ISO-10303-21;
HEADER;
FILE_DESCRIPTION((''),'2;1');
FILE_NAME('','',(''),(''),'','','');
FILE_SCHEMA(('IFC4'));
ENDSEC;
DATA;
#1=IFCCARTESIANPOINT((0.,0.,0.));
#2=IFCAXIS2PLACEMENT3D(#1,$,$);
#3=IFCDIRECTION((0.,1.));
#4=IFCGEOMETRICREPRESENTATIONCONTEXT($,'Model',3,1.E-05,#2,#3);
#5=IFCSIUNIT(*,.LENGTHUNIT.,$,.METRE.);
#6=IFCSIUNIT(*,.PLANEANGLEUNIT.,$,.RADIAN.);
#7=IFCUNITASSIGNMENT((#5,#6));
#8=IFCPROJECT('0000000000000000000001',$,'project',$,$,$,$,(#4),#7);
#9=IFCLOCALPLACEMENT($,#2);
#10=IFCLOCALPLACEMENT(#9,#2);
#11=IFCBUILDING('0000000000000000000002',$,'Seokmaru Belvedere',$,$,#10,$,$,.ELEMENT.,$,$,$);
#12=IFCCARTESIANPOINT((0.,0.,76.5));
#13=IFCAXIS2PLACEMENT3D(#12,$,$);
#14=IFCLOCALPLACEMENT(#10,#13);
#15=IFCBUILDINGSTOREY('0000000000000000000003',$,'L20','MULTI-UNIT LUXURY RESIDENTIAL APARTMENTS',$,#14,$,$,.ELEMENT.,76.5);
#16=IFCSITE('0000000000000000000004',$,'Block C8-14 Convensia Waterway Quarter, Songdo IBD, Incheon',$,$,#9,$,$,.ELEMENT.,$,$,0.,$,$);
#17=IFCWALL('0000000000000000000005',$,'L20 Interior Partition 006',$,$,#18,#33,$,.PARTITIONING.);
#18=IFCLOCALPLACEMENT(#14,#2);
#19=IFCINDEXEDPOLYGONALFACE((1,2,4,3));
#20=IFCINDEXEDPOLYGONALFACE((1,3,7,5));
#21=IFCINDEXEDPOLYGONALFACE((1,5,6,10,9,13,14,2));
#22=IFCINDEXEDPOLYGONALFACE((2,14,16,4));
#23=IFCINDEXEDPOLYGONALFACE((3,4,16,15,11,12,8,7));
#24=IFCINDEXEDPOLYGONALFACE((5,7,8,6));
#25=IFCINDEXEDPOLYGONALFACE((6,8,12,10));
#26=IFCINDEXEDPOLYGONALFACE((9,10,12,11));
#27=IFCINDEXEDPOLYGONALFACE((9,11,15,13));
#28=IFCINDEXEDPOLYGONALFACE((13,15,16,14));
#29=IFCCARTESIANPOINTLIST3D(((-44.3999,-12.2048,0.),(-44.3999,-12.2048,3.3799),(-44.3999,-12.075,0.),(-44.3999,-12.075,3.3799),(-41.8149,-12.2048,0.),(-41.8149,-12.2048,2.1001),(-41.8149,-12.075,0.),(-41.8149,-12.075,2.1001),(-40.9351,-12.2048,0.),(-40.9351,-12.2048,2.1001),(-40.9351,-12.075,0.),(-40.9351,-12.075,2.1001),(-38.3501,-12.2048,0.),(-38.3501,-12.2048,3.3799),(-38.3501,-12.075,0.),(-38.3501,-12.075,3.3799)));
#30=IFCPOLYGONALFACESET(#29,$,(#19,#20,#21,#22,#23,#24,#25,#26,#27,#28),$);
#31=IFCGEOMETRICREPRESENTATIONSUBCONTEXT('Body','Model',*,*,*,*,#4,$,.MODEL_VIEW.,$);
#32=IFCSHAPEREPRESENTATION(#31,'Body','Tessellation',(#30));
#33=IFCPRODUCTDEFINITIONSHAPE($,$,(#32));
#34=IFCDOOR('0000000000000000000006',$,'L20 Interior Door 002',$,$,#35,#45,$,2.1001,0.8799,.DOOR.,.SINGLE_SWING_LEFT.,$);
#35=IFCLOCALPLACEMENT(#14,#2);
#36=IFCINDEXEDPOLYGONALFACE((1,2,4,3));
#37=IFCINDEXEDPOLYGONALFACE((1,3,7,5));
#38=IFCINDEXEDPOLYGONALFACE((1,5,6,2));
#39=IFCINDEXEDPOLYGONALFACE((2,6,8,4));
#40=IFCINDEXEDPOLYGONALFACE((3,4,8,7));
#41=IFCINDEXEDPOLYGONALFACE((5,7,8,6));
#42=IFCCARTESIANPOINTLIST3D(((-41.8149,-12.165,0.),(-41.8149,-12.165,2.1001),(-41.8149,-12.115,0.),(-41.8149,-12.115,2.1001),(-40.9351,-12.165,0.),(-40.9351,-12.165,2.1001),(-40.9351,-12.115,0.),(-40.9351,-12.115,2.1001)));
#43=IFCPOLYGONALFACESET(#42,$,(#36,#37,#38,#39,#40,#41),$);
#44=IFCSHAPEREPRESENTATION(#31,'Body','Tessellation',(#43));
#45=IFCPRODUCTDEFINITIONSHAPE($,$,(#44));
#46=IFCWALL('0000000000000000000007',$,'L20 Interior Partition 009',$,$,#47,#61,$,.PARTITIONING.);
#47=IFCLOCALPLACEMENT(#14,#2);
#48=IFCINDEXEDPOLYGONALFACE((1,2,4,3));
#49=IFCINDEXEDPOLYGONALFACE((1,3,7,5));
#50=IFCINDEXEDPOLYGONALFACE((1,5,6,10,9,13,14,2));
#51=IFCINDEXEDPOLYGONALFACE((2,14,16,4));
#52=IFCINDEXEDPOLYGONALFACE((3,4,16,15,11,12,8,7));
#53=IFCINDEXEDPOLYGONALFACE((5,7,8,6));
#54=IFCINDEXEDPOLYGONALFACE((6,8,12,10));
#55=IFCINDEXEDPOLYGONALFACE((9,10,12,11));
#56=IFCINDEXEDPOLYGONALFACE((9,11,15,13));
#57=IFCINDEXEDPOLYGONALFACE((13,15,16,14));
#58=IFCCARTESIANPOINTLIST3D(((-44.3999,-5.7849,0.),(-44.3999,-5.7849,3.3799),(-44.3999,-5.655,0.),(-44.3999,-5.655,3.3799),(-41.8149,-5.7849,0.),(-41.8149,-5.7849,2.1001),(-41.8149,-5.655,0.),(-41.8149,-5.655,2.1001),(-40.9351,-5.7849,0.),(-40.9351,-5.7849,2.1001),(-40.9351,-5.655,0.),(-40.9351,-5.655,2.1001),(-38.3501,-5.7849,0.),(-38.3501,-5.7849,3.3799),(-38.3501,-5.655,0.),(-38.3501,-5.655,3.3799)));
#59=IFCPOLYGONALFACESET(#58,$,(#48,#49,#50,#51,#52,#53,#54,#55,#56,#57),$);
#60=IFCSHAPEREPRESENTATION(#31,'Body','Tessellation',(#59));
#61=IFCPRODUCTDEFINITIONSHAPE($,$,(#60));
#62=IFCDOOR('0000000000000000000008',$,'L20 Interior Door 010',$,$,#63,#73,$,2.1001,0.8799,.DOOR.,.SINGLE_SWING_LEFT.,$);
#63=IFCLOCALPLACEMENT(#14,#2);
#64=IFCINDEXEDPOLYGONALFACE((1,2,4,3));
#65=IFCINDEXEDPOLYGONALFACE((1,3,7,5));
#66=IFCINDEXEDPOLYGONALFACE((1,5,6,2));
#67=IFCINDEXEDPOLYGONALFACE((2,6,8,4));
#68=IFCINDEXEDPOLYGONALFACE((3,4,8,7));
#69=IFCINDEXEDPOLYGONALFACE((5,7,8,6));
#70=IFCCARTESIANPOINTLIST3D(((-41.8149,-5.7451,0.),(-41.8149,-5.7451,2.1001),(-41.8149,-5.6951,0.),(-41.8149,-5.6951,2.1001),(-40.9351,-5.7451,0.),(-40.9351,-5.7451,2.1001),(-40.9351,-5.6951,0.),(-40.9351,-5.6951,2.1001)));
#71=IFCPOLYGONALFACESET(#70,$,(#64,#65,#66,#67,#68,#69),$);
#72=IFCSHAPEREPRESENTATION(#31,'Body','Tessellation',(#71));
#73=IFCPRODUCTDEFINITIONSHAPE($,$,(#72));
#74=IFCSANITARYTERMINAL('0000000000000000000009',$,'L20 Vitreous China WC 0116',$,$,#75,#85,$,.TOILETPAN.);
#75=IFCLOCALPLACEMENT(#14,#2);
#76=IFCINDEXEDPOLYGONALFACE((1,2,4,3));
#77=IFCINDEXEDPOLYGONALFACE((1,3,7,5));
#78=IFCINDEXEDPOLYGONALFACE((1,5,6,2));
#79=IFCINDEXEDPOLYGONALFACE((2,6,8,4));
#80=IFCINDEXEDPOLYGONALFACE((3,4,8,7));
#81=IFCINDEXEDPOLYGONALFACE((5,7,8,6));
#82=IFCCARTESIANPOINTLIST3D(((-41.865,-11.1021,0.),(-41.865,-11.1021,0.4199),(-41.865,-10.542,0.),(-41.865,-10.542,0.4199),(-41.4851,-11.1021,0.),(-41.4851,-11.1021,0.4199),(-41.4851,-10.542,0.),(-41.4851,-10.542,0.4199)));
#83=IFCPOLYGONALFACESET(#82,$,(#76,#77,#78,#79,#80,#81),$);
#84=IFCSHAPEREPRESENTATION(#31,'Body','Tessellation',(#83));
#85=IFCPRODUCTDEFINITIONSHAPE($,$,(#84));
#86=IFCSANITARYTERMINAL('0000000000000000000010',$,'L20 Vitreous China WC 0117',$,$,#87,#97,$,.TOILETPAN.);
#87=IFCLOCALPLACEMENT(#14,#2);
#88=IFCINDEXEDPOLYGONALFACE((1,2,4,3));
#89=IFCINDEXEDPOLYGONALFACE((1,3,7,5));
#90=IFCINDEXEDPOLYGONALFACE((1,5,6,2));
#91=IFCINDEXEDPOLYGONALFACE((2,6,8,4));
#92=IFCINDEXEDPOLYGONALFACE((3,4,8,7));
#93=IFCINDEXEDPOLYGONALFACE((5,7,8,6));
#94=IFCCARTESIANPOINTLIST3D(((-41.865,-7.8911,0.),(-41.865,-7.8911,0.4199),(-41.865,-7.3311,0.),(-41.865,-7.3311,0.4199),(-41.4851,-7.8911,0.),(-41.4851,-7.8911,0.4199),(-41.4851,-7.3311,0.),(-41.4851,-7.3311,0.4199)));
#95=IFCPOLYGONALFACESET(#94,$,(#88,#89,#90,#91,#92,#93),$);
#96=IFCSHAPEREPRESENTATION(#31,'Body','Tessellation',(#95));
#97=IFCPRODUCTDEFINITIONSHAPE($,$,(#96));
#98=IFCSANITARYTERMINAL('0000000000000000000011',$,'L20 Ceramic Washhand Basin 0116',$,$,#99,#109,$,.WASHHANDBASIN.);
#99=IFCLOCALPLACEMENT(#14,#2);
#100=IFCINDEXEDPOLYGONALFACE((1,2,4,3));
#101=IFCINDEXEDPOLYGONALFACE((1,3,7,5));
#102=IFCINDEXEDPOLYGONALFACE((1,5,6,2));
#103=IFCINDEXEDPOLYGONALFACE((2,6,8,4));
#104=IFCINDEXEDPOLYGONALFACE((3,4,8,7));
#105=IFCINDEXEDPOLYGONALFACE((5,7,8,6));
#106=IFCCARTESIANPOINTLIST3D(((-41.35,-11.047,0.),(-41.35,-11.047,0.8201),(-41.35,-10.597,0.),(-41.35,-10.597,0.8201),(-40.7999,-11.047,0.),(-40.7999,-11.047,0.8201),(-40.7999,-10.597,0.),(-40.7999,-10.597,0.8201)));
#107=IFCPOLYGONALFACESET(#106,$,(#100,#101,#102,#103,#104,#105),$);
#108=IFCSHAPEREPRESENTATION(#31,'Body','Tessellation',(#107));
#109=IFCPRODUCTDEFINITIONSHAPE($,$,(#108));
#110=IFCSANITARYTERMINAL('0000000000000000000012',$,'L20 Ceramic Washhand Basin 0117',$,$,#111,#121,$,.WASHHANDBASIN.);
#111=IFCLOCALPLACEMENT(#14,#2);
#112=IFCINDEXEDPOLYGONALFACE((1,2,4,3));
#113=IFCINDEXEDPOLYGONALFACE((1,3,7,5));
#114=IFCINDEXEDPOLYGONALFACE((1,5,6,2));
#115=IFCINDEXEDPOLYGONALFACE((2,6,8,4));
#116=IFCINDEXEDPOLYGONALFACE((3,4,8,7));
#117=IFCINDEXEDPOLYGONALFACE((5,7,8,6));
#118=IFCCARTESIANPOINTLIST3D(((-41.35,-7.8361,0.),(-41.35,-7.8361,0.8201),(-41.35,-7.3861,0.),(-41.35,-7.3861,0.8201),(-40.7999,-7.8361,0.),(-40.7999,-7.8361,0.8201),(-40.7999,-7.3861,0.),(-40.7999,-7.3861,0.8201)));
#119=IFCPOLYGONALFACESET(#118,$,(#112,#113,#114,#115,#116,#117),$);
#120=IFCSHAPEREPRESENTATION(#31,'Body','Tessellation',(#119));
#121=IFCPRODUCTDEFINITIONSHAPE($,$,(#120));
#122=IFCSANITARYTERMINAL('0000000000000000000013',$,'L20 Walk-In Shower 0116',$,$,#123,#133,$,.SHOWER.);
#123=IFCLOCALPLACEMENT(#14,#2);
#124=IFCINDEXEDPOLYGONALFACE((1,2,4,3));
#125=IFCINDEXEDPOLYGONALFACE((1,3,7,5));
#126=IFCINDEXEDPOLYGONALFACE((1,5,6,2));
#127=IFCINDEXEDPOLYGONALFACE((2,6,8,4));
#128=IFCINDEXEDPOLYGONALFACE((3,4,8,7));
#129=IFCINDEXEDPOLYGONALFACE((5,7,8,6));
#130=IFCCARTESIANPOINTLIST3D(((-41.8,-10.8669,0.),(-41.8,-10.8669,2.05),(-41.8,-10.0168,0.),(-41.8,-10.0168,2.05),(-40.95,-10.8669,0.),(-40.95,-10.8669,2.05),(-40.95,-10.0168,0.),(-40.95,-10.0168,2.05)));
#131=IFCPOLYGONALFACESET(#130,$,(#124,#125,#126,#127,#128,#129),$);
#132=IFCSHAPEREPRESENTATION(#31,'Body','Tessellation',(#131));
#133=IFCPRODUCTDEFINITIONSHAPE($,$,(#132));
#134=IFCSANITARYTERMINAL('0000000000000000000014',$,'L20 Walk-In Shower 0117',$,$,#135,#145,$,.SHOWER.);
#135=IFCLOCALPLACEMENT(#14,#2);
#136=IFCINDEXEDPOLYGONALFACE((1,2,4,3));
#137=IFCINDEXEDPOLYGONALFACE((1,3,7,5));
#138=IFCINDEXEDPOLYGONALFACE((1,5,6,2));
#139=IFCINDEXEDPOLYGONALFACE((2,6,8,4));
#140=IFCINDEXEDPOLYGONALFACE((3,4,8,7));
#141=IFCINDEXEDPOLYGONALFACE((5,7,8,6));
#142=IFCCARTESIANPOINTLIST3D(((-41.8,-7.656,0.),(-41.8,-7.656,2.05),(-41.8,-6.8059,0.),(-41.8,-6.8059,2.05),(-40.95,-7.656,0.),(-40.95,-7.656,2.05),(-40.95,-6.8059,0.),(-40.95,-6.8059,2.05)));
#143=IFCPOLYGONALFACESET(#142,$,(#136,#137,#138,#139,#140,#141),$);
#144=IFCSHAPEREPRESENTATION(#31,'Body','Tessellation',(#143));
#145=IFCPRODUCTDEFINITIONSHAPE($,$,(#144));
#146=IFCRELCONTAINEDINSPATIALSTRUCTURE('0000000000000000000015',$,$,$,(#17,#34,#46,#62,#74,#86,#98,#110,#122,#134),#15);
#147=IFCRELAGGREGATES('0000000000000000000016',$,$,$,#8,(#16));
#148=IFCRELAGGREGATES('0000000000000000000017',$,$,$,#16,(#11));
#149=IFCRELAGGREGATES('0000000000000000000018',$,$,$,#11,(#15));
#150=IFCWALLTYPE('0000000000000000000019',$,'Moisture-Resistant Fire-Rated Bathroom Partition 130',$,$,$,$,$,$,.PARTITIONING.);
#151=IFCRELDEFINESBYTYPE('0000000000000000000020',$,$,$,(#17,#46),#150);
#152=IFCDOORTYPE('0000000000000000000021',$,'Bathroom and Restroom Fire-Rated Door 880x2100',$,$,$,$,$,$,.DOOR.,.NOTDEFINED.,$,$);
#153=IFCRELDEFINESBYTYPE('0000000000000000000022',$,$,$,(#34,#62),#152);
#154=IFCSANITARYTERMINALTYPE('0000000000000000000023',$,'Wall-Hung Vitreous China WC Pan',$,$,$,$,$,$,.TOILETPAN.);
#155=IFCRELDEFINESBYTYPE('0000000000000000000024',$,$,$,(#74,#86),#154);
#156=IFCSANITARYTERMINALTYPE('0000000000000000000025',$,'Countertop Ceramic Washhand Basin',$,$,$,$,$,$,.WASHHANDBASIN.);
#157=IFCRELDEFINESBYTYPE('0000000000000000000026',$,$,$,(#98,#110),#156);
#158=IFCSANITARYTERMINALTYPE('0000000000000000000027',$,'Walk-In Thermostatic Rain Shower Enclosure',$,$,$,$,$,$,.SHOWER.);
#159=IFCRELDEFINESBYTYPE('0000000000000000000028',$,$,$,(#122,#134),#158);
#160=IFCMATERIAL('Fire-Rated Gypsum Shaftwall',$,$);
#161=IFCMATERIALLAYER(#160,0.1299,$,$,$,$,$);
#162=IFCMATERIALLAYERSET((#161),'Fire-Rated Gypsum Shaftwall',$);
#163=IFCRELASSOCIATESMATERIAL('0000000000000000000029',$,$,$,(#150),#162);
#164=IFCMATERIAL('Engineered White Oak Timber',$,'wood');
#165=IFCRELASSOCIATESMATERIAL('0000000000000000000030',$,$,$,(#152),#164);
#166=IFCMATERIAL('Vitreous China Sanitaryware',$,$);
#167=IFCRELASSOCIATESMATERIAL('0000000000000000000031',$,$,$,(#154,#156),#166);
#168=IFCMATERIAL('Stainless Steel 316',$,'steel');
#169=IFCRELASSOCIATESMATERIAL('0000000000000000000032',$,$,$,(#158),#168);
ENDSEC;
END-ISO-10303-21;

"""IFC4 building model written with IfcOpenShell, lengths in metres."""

from ifc_helpers import new_model, si_unit, direction, frame, frame_2d, origin, origin_2d, place, context, subcontext, project, spatial, rectangle, extrude, source, transform, mapped, material, layer, layer_set, type_object, type_shapes, element, fill, save


model = new_model("IFC4")

# Units and contexts
model_context = context("Model", 3, precision=1e-05, world=origin(), true_north=direction((0.0, 1.0)))
body_context = subcontext(model_context, "Body", "Model", "MODEL_VIEW")
ifc_project = project(units=[si_unit("LENGTHUNIT", "METRE"), si_unit("PLANEANGLEUNIT", "RADIAN")], contexts=[model_context])

# Site, building, storey
site_placement = place(None, origin())
site = spatial("IfcSite", under=ifc_project, at=site_placement, Name="Block C8-14 Convensia Waterway Quarter, Songdo IBD, Incheon", CompositionType="ELEMENT", RefElevation=0.0)
building_placement = place(site_placement, origin())
building = spatial("IfcBuilding", under=site, at=building_placement, Name="Seokmaru Belvedere", CompositionType="ELEMENT")
storey_placement = place(building_placement, frame((0.0, 0.0, 76.5)))
storey = spatial("IfcBuildingStorey", under=building, at=storey_placement, Name="L20", Description="MULTI-UNIT LUXURY RESIDENTIAL APARTMENTS", CompositionType="ELEMENT", Elevation=76.5)

# Walls, openings, doors
ifc_material_1 = material(Name="Fire-Rated Gypsum Shaftwall")
ifc_layer = layer(ifc_material_1, 0.1299)
ifc_layer_set = layer_set([ifc_layer], Name="Fire-Rated Gypsum Shaftwall")
wall_type = type_object("IfcWallType", Name="Moisture-Resistant Fire-Rated Bathroom Partition 130", PredefinedType="PARTITIONING", material=ifc_layer_set)
wall_1_placement = place(storey_placement, frame((-44.3999, -12.1399, 0.0), z_axis=(0.0, 0.0, 1.0), x_axis=(1.0, 0.0, 0.0)))
wall_1 = element("IfcWall", 1, at=wall_1_placement, inside=storey, type_object=wall_type, Name="L20 Interior Partition 006", PredefinedType="PARTITIONING", context=body_context, shape_type="SweptSolid", body=[
    extrude(rectangle(XDim=6.0498, YDim=0.1299, at=frame_2d((3.0249, 0.0))), origin(), (0.0, 0.0, 1.0), 3.3799),
])
opening_1_placement = place(wall_1_placement, frame((2.585, 0.0, 0.0)))
opening_1 = element("IfcOpeningElement", 2, at=opening_1_placement, cuts=wall_1, PredefinedType="OPENING", context=body_context, shape_type="SweptSolid", body=[
    extrude(rectangle(XDim=0.8799, YDim=2.1001, at=frame_2d((0.4399, 1.05))), frame((0.0, 0.075, 0.0), z_axis=(0.0, -1.0, 0.0), x_axis=(1.0, 0.0, 0.0)), (0.0, 0.0, 1.0), 0.1499),
])
ifc_material_2 = material(Name="Engineered White Oak Timber", Category="wood")
door_type = type_object("IfcDoorType", Name="Bathroom and Restroom Fire-Rated Door 880x2100", OperationType="NOTDEFINED", PredefinedType="DOOR", material=ifc_material_2)
shared_shape_1 = source(origin(), body_context, "Body", "SweptSolid", [
    extrude(rectangle(XDim=0.8799, YDim=2.1001, at=frame_2d((0.4399, 1.05))), frame((0.0, 0.0249, 0.0), z_axis=(0.0, -1.0, 0.0), x_axis=(1.0, 0.0, 0.0)), (0.0, 0.0, 1.0), 0.05),
])
type_shapes(door_type, [shared_shape_1])
door_1_placement = place(opening_1_placement, origin())
door_1 = element("IfcDoor", 3, at=door_1_placement, inside=storey, type_object=door_type, Name="L20 Interior Door 002", OperationType="SINGLE_SWING_LEFT", OverallHeight=2.1001, OverallWidth=0.8799, PredefinedType="DOOR", context=body_context, shape_type="MappedRepresentation", body=[
    mapped(shared_shape_1, transform((0.0, 0.0, 0.0), scale=1.0)),
])
fill(opening_1, door_1)
wall_2_placement = place(storey_placement, frame((-44.3999, -5.72, 0.0), z_axis=(0.0, 0.0, 1.0), x_axis=(1.0, 0.0, 0.0)))
wall_2 = element("IfcWall", 4, at=wall_2_placement, inside=storey, type_object=wall_type, Name="L20 Interior Partition 009", PredefinedType="PARTITIONING", context=body_context, shape_type="SweptSolid", body=[
    extrude(rectangle(XDim=6.0498, YDim=0.1299, at=frame_2d((3.0249, 0.0))), origin(), (0.0, 0.0, 1.0), 3.3799),
])
opening_2_placement = place(wall_2_placement, frame((2.585, 0.0, 0.0)))
opening_2 = element("IfcOpeningElement", 5, at=opening_2_placement, cuts=wall_2, PredefinedType="OPENING", context=body_context, shape_type="SweptSolid", body=[
    extrude(rectangle(XDim=0.8799, YDim=2.1001, at=frame_2d((0.4399, 1.05))), frame((0.0, 0.075, 0.0), z_axis=(0.0, -1.0, 0.0), x_axis=(1.0, 0.0, 0.0)), (0.0, 0.0, 1.0), 0.1499),
])
door_2_placement = place(opening_2_placement, origin())
door_2 = element("IfcDoor", 6, at=door_2_placement, inside=storey, type_object=door_type, Name="L20 Interior Door 010", OperationType="SINGLE_SWING_LEFT", OverallHeight=2.1001, OverallWidth=0.8799, PredefinedType="DOOR", context=body_context, shape_type="MappedRepresentation", body=[
    mapped(shared_shape_1, transform((0.0, 0.0, 0.0), scale=1.0)),
])
fill(opening_2, door_2)

# Sanitary terminals
ifc_material_3 = material(Name="Vitreous China Sanitaryware")
sanitary_terminal_type_1 = type_object("IfcSanitaryTerminalType", Name="Wall-Hung Vitreous China WC Pan", PredefinedType="TOILETPAN", material=ifc_material_3)
shared_shape_2 = source(origin(), body_context, "Body", "SweptSolid", [
    extrude(rectangle(XDim=0.3799, YDim=0.5601, at=origin_2d()), origin(), (0.0, 0.0, 1.0), 0.4199),
])
type_shapes(sanitary_terminal_type_1, [shared_shape_2])
for number, where, z_axis, x_axis, name in (
    (7, (-41.675, -10.822, 0.0), (0.0, 0.0, 1.0), (1.0, 0.0, 0.0), "L20 Vitreous China WC 0116"),
    (8, (-41.675, -7.6111, 0.0), (0.0, 0.0, 1.0), (1.0, 0.0, 0.0), "L20 Vitreous China WC 0117"),
):
    element("IfcSanitaryTerminal", number, at=place(storey_placement, frame(where, z_axis=z_axis, x_axis=x_axis)), inside=storey, type_object=sanitary_terminal_type_1, Name=name, PredefinedType="TOILETPAN", context=body_context, shape_type="MappedRepresentation", body=[
        mapped(shared_shape_2, transform((0.0, 0.0, 0.0), scale=1.0)),
    ])
sanitary_terminal_type_2 = type_object("IfcSanitaryTerminalType", Name="Countertop Ceramic Washhand Basin", PredefinedType="WASHHANDBASIN", material=ifc_material_3)
shared_shape_3 = source(origin(), body_context, "Body", "SweptSolid", [
    extrude(rectangle(XDim=0.55, YDim=0.45, at=origin_2d()), origin(), (0.0, 0.0, 1.0), 0.8201),
])
type_shapes(sanitary_terminal_type_2, [shared_shape_3])
for number, where, z_axis, x_axis, name in (
    (9, (-41.075, -10.822, 0.0), (0.0, 0.0, 1.0), (1.0, 0.0, 0.0), "L20 Ceramic Washhand Basin 0116"),
    (10, (-41.075, -7.6111, 0.0), (0.0, 0.0, 1.0), (1.0, 0.0, 0.0), "L20 Ceramic Washhand Basin 0117"),
):
    element("IfcSanitaryTerminal", number, at=place(storey_placement, frame(where, z_axis=z_axis, x_axis=x_axis)), inside=storey, type_object=sanitary_terminal_type_2, Name=name, PredefinedType="WASHHANDBASIN", context=body_context, shape_type="MappedRepresentation", body=[
        mapped(shared_shape_3, transform((0.0, 0.0, 0.0), scale=1.0)),
    ])
ifc_material_4 = material(Name="Stainless Steel 316", Category="steel")
sanitary_terminal_type_3 = type_object("IfcSanitaryTerminalType", Name="Walk-In Thermostatic Rain Shower Enclosure", PredefinedType="SHOWER", material=ifc_material_4)
shared_shape_4 = source(origin(), body_context, "Body", "SweptSolid", [
    extrude(rectangle(XDim=0.8501, YDim=0.8501, at=origin_2d()), origin(), (0.0, 0.0, 1.0), 2.05),
])
type_shapes(sanitary_terminal_type_3, [shared_shape_4])
for number, where, z_axis, x_axis, name in (
    (11, (-41.375, -10.4419, 0.0), (0.0, 0.0, 1.0), (1.0, 0.0, 0.0), "L20 Walk-In Shower 0116"),
    (12, (-41.375, -7.231, 0.0), (0.0, 0.0, 1.0), (1.0, 0.0, 0.0), "L20 Walk-In Shower 0117"),
):
    element("IfcSanitaryTerminal", number, at=place(storey_placement, frame(where, z_axis=z_axis, x_axis=x_axis)), inside=storey, type_object=sanitary_terminal_type_3, Name=name, PredefinedType="SHOWER", context=body_context, shape_type="MappedRepresentation", body=[
        mapped(shared_shape_4, transform((0.0, 0.0, 0.0), scale=1.0)),
    ])

save(model, "model.ifc")
